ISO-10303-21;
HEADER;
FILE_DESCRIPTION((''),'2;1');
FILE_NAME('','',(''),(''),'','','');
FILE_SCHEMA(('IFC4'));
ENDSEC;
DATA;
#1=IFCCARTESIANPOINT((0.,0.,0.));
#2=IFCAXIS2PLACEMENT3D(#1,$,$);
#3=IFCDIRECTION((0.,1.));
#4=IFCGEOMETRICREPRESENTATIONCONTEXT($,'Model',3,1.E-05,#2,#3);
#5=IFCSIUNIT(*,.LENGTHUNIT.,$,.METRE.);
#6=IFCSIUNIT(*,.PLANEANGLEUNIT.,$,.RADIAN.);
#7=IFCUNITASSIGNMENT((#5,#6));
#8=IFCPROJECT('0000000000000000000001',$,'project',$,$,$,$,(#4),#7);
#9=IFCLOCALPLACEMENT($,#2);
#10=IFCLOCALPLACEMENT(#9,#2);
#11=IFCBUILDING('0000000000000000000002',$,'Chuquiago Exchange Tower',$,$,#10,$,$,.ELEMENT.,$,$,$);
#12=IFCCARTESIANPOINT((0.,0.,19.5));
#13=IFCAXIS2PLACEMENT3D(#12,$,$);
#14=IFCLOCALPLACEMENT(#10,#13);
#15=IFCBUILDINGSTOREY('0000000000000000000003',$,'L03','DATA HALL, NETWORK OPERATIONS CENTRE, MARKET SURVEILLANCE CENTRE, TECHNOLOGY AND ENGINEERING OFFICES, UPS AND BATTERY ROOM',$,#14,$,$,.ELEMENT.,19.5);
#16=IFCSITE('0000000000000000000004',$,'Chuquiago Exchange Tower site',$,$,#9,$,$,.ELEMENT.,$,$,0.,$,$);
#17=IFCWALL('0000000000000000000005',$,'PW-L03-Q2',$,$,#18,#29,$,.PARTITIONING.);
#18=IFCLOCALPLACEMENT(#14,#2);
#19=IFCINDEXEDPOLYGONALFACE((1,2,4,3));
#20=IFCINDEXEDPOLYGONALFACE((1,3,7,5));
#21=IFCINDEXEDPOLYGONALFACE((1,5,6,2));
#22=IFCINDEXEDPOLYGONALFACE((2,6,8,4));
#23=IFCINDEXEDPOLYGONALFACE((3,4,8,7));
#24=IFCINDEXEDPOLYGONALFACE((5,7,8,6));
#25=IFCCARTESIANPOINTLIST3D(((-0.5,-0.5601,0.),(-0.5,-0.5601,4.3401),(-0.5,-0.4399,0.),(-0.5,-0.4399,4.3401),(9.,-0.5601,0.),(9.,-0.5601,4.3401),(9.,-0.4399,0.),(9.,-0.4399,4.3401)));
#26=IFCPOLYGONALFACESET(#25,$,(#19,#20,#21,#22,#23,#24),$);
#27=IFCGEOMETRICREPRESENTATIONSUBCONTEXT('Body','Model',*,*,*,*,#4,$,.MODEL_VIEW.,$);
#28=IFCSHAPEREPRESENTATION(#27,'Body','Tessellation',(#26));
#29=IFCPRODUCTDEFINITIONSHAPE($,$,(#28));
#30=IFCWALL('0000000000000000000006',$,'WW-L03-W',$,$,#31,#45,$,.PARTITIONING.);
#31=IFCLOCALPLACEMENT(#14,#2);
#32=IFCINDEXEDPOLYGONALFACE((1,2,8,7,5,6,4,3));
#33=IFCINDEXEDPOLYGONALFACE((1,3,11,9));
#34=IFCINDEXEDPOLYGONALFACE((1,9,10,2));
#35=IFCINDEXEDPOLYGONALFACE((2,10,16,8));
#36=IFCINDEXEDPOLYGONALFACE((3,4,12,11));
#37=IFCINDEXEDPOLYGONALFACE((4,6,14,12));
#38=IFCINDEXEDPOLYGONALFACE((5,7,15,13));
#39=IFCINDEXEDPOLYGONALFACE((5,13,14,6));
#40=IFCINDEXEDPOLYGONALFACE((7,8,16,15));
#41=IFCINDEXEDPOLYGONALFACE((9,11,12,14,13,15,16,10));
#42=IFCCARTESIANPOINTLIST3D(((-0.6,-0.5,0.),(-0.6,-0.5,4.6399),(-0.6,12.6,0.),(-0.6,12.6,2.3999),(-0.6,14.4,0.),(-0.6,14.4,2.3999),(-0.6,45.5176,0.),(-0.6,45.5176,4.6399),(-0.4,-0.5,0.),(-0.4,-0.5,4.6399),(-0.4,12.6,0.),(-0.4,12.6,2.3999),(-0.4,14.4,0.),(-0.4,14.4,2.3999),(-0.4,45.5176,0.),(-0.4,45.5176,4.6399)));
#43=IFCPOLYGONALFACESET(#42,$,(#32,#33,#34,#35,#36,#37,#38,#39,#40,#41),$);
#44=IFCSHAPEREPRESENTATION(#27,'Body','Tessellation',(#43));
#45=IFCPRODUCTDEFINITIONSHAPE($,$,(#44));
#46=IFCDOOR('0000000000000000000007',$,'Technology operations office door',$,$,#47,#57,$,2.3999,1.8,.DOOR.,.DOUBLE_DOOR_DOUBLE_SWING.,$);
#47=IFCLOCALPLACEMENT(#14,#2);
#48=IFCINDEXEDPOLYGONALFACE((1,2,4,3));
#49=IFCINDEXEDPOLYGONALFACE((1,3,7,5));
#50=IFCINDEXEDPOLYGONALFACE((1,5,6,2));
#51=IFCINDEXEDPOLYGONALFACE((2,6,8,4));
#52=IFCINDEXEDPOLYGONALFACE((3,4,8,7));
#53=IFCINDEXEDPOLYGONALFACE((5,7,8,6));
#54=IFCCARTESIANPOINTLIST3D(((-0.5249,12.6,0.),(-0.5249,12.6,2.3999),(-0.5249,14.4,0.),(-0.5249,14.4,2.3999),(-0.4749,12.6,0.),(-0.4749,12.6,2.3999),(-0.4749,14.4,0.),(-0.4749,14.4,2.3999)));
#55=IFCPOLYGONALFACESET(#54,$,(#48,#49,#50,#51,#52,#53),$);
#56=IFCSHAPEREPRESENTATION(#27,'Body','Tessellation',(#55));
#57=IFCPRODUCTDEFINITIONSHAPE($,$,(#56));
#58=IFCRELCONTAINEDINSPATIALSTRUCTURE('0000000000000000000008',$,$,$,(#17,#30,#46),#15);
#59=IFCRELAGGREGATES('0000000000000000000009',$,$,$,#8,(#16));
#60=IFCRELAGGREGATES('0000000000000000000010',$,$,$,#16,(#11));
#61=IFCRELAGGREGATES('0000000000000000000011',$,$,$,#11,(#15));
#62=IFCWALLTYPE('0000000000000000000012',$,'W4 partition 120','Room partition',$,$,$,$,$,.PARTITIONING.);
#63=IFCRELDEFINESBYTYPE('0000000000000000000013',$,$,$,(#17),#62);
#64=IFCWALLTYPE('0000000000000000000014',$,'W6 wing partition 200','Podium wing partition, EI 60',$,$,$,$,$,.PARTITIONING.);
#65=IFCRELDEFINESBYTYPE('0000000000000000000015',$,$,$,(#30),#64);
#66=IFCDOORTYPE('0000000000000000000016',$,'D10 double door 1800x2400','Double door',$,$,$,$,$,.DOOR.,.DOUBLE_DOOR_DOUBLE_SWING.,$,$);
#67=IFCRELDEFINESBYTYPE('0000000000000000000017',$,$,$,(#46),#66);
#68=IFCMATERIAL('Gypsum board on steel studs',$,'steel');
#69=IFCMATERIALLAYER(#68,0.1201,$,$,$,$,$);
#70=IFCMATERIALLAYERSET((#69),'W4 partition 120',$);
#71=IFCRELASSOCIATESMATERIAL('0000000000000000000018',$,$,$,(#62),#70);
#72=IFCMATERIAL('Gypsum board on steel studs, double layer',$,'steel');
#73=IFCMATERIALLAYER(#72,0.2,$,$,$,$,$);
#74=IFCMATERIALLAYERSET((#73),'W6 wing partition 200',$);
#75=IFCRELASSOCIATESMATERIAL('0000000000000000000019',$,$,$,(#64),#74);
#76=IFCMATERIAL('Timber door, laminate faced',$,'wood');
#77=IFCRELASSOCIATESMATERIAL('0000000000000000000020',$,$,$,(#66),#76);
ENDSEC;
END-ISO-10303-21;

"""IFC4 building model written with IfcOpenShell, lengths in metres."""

from ifc_helpers import new_model, si_unit, direction, frame, frame_2d, origin, place, context, subcontext, project, spatial, rectangle, extrude, material, layer, layer_set, type_object, element, fill, save


model = new_model("IFC4")

# Units and contexts
model_context = context("Model", 3, precision=1e-05, world=origin(), true_north=direction((0.0, 1.0)))
body_context = subcontext(model_context, "Body", "Model", "MODEL_VIEW")
ifc_project = project(units=[si_unit("LENGTHUNIT", "METRE"), si_unit("PLANEANGLEUNIT", "RADIAN")], contexts=[model_context])

# Site, building, storey
site_placement = place(None, origin())
site = spatial("IfcSite", under=ifc_project, at=site_placement, Name="Chuquiago Exchange Tower site", CompositionType="ELEMENT", RefElevation=0.0)
building_placement = place(site_placement, origin())
building = spatial("IfcBuilding", under=site, at=building_placement, Name="Chuquiago Exchange Tower", CompositionType="ELEMENT")
storey_placement = place(building_placement, frame((0.0, 0.0, 19.5)))
storey = spatial("IfcBuildingStorey", under=building, at=storey_placement, Name="L03", Description="DATA HALL, NETWORK OPERATIONS CENTRE, MARKET SURVEILLANCE CENTRE, TECHNOLOGY AND ENGINEERING OFFICES, UPS AND BATTERY ROOM", CompositionType="ELEMENT", Elevation=19.5)

# Wall
ifc_material_1 = material(Name="Gypsum board on steel studs", Category="steel")
ifc_layer_1 = layer(ifc_material_1, 0.1201)
ifc_layer_set_1 = layer_set([ifc_layer_1], Name="W4 partition 120")
wall_type_1 = type_object("IfcWallType", Name="W4 partition 120", Description="Room partition", PredefinedType="PARTITIONING", material=ifc_layer_set_1)
wall_1_placement = place(storey_placement, frame((-0.5, -0.5, 0.0), z_axis=(0.0, 0.0, 1.0), x_axis=(1.0, 0.0, 0.0)))
element("IfcWall", 1, at=wall_1_placement, inside=storey, type_object=wall_type_1, Name="PW-L03-Q2", PredefinedType="PARTITIONING", context=body_context, shape_type="SweptSolid", body=[
    extrude(rectangle(XDim=9.5, YDim=0.1201, at=frame_2d((4.75, 0.0))), origin(), (0.0, 0.0, 1.0), 4.3401),
])

# Wall, opening, door
ifc_material_2 = material(Name="Gypsum board on steel studs, double layer", Category="steel")
ifc_layer_2 = layer(ifc_material_2, 0.2)
ifc_layer_set_2 = layer_set([ifc_layer_2], Name="W6 wing partition 200")
wall_type_2 = type_object("IfcWallType", Name="W6 wing partition 200", Description="Podium wing partition, EI 60", PredefinedType="PARTITIONING", material=ifc_layer_set_2)
wall_2_placement = place(storey_placement, frame((-0.5, -0.5, 0.0), z_axis=(0.0, 0.0, 1.0), x_axis=(0.0, 1.0, 0.0)))
wall_2 = element("IfcWall", 2, at=wall_2_placement, inside=storey, type_object=wall_type_2, Name="WW-L03-W", PredefinedType="PARTITIONING", context=body_context, shape_type="SweptSolid", body=[
    extrude(rectangle(XDim=46.0176, YDim=0.2, at=frame_2d((23.0088, 0.0))), origin(), (0.0, 0.0, 1.0), 4.6399),
])
opening_placement = place(wall_2_placement, frame((13.1001, 0.0, 0.0)))
opening = element("IfcOpeningElement", 3, at=opening_placement, cuts=wall_2, PredefinedType="OPENING", context=body_context, shape_type="SweptSolid", body=[
    extrude(rectangle(XDim=1.8, YDim=2.3999, at=frame_2d((0.8999, 1.2))), frame((0.0, 0.1099, 0.0), z_axis=(0.0, -1.0, 0.0), x_axis=(1.0, 0.0, 0.0)), (0.0, 0.0, 1.0), 0.22),
])
ifc_material_3 = material(Name="Timber door, laminate faced", Category="wood")
door_type = type_object("IfcDoorType", Name="D10 double door 1800x2400", Description="Double door", OperationType="DOUBLE_DOOR_DOUBLE_SWING", PredefinedType="DOOR", material=ifc_material_3)
door_placement = place(opening_placement, origin())
door = element("IfcDoor", 4, at=door_placement, inside=storey, type_object=door_type, Name="Technology operations office door", OperationType="DOUBLE_DOOR_DOUBLE_SWING", OverallHeight=2.3999, OverallWidth=1.8, PredefinedType="DOOR", context=body_context, shape_type="SweptSolid", body=[
    extrude(rectangle(XDim=1.8, YDim=2.3999, at=frame_2d((0.8999, 1.2))), frame((0.0, 0.0249, 0.0), z_axis=(0.0, -1.0, 0.0), x_axis=(1.0, 0.0, 0.0)), (0.0, 0.0, 1.0), 0.05),
])
fill(opening, door)

save(model, "model.ifc")
